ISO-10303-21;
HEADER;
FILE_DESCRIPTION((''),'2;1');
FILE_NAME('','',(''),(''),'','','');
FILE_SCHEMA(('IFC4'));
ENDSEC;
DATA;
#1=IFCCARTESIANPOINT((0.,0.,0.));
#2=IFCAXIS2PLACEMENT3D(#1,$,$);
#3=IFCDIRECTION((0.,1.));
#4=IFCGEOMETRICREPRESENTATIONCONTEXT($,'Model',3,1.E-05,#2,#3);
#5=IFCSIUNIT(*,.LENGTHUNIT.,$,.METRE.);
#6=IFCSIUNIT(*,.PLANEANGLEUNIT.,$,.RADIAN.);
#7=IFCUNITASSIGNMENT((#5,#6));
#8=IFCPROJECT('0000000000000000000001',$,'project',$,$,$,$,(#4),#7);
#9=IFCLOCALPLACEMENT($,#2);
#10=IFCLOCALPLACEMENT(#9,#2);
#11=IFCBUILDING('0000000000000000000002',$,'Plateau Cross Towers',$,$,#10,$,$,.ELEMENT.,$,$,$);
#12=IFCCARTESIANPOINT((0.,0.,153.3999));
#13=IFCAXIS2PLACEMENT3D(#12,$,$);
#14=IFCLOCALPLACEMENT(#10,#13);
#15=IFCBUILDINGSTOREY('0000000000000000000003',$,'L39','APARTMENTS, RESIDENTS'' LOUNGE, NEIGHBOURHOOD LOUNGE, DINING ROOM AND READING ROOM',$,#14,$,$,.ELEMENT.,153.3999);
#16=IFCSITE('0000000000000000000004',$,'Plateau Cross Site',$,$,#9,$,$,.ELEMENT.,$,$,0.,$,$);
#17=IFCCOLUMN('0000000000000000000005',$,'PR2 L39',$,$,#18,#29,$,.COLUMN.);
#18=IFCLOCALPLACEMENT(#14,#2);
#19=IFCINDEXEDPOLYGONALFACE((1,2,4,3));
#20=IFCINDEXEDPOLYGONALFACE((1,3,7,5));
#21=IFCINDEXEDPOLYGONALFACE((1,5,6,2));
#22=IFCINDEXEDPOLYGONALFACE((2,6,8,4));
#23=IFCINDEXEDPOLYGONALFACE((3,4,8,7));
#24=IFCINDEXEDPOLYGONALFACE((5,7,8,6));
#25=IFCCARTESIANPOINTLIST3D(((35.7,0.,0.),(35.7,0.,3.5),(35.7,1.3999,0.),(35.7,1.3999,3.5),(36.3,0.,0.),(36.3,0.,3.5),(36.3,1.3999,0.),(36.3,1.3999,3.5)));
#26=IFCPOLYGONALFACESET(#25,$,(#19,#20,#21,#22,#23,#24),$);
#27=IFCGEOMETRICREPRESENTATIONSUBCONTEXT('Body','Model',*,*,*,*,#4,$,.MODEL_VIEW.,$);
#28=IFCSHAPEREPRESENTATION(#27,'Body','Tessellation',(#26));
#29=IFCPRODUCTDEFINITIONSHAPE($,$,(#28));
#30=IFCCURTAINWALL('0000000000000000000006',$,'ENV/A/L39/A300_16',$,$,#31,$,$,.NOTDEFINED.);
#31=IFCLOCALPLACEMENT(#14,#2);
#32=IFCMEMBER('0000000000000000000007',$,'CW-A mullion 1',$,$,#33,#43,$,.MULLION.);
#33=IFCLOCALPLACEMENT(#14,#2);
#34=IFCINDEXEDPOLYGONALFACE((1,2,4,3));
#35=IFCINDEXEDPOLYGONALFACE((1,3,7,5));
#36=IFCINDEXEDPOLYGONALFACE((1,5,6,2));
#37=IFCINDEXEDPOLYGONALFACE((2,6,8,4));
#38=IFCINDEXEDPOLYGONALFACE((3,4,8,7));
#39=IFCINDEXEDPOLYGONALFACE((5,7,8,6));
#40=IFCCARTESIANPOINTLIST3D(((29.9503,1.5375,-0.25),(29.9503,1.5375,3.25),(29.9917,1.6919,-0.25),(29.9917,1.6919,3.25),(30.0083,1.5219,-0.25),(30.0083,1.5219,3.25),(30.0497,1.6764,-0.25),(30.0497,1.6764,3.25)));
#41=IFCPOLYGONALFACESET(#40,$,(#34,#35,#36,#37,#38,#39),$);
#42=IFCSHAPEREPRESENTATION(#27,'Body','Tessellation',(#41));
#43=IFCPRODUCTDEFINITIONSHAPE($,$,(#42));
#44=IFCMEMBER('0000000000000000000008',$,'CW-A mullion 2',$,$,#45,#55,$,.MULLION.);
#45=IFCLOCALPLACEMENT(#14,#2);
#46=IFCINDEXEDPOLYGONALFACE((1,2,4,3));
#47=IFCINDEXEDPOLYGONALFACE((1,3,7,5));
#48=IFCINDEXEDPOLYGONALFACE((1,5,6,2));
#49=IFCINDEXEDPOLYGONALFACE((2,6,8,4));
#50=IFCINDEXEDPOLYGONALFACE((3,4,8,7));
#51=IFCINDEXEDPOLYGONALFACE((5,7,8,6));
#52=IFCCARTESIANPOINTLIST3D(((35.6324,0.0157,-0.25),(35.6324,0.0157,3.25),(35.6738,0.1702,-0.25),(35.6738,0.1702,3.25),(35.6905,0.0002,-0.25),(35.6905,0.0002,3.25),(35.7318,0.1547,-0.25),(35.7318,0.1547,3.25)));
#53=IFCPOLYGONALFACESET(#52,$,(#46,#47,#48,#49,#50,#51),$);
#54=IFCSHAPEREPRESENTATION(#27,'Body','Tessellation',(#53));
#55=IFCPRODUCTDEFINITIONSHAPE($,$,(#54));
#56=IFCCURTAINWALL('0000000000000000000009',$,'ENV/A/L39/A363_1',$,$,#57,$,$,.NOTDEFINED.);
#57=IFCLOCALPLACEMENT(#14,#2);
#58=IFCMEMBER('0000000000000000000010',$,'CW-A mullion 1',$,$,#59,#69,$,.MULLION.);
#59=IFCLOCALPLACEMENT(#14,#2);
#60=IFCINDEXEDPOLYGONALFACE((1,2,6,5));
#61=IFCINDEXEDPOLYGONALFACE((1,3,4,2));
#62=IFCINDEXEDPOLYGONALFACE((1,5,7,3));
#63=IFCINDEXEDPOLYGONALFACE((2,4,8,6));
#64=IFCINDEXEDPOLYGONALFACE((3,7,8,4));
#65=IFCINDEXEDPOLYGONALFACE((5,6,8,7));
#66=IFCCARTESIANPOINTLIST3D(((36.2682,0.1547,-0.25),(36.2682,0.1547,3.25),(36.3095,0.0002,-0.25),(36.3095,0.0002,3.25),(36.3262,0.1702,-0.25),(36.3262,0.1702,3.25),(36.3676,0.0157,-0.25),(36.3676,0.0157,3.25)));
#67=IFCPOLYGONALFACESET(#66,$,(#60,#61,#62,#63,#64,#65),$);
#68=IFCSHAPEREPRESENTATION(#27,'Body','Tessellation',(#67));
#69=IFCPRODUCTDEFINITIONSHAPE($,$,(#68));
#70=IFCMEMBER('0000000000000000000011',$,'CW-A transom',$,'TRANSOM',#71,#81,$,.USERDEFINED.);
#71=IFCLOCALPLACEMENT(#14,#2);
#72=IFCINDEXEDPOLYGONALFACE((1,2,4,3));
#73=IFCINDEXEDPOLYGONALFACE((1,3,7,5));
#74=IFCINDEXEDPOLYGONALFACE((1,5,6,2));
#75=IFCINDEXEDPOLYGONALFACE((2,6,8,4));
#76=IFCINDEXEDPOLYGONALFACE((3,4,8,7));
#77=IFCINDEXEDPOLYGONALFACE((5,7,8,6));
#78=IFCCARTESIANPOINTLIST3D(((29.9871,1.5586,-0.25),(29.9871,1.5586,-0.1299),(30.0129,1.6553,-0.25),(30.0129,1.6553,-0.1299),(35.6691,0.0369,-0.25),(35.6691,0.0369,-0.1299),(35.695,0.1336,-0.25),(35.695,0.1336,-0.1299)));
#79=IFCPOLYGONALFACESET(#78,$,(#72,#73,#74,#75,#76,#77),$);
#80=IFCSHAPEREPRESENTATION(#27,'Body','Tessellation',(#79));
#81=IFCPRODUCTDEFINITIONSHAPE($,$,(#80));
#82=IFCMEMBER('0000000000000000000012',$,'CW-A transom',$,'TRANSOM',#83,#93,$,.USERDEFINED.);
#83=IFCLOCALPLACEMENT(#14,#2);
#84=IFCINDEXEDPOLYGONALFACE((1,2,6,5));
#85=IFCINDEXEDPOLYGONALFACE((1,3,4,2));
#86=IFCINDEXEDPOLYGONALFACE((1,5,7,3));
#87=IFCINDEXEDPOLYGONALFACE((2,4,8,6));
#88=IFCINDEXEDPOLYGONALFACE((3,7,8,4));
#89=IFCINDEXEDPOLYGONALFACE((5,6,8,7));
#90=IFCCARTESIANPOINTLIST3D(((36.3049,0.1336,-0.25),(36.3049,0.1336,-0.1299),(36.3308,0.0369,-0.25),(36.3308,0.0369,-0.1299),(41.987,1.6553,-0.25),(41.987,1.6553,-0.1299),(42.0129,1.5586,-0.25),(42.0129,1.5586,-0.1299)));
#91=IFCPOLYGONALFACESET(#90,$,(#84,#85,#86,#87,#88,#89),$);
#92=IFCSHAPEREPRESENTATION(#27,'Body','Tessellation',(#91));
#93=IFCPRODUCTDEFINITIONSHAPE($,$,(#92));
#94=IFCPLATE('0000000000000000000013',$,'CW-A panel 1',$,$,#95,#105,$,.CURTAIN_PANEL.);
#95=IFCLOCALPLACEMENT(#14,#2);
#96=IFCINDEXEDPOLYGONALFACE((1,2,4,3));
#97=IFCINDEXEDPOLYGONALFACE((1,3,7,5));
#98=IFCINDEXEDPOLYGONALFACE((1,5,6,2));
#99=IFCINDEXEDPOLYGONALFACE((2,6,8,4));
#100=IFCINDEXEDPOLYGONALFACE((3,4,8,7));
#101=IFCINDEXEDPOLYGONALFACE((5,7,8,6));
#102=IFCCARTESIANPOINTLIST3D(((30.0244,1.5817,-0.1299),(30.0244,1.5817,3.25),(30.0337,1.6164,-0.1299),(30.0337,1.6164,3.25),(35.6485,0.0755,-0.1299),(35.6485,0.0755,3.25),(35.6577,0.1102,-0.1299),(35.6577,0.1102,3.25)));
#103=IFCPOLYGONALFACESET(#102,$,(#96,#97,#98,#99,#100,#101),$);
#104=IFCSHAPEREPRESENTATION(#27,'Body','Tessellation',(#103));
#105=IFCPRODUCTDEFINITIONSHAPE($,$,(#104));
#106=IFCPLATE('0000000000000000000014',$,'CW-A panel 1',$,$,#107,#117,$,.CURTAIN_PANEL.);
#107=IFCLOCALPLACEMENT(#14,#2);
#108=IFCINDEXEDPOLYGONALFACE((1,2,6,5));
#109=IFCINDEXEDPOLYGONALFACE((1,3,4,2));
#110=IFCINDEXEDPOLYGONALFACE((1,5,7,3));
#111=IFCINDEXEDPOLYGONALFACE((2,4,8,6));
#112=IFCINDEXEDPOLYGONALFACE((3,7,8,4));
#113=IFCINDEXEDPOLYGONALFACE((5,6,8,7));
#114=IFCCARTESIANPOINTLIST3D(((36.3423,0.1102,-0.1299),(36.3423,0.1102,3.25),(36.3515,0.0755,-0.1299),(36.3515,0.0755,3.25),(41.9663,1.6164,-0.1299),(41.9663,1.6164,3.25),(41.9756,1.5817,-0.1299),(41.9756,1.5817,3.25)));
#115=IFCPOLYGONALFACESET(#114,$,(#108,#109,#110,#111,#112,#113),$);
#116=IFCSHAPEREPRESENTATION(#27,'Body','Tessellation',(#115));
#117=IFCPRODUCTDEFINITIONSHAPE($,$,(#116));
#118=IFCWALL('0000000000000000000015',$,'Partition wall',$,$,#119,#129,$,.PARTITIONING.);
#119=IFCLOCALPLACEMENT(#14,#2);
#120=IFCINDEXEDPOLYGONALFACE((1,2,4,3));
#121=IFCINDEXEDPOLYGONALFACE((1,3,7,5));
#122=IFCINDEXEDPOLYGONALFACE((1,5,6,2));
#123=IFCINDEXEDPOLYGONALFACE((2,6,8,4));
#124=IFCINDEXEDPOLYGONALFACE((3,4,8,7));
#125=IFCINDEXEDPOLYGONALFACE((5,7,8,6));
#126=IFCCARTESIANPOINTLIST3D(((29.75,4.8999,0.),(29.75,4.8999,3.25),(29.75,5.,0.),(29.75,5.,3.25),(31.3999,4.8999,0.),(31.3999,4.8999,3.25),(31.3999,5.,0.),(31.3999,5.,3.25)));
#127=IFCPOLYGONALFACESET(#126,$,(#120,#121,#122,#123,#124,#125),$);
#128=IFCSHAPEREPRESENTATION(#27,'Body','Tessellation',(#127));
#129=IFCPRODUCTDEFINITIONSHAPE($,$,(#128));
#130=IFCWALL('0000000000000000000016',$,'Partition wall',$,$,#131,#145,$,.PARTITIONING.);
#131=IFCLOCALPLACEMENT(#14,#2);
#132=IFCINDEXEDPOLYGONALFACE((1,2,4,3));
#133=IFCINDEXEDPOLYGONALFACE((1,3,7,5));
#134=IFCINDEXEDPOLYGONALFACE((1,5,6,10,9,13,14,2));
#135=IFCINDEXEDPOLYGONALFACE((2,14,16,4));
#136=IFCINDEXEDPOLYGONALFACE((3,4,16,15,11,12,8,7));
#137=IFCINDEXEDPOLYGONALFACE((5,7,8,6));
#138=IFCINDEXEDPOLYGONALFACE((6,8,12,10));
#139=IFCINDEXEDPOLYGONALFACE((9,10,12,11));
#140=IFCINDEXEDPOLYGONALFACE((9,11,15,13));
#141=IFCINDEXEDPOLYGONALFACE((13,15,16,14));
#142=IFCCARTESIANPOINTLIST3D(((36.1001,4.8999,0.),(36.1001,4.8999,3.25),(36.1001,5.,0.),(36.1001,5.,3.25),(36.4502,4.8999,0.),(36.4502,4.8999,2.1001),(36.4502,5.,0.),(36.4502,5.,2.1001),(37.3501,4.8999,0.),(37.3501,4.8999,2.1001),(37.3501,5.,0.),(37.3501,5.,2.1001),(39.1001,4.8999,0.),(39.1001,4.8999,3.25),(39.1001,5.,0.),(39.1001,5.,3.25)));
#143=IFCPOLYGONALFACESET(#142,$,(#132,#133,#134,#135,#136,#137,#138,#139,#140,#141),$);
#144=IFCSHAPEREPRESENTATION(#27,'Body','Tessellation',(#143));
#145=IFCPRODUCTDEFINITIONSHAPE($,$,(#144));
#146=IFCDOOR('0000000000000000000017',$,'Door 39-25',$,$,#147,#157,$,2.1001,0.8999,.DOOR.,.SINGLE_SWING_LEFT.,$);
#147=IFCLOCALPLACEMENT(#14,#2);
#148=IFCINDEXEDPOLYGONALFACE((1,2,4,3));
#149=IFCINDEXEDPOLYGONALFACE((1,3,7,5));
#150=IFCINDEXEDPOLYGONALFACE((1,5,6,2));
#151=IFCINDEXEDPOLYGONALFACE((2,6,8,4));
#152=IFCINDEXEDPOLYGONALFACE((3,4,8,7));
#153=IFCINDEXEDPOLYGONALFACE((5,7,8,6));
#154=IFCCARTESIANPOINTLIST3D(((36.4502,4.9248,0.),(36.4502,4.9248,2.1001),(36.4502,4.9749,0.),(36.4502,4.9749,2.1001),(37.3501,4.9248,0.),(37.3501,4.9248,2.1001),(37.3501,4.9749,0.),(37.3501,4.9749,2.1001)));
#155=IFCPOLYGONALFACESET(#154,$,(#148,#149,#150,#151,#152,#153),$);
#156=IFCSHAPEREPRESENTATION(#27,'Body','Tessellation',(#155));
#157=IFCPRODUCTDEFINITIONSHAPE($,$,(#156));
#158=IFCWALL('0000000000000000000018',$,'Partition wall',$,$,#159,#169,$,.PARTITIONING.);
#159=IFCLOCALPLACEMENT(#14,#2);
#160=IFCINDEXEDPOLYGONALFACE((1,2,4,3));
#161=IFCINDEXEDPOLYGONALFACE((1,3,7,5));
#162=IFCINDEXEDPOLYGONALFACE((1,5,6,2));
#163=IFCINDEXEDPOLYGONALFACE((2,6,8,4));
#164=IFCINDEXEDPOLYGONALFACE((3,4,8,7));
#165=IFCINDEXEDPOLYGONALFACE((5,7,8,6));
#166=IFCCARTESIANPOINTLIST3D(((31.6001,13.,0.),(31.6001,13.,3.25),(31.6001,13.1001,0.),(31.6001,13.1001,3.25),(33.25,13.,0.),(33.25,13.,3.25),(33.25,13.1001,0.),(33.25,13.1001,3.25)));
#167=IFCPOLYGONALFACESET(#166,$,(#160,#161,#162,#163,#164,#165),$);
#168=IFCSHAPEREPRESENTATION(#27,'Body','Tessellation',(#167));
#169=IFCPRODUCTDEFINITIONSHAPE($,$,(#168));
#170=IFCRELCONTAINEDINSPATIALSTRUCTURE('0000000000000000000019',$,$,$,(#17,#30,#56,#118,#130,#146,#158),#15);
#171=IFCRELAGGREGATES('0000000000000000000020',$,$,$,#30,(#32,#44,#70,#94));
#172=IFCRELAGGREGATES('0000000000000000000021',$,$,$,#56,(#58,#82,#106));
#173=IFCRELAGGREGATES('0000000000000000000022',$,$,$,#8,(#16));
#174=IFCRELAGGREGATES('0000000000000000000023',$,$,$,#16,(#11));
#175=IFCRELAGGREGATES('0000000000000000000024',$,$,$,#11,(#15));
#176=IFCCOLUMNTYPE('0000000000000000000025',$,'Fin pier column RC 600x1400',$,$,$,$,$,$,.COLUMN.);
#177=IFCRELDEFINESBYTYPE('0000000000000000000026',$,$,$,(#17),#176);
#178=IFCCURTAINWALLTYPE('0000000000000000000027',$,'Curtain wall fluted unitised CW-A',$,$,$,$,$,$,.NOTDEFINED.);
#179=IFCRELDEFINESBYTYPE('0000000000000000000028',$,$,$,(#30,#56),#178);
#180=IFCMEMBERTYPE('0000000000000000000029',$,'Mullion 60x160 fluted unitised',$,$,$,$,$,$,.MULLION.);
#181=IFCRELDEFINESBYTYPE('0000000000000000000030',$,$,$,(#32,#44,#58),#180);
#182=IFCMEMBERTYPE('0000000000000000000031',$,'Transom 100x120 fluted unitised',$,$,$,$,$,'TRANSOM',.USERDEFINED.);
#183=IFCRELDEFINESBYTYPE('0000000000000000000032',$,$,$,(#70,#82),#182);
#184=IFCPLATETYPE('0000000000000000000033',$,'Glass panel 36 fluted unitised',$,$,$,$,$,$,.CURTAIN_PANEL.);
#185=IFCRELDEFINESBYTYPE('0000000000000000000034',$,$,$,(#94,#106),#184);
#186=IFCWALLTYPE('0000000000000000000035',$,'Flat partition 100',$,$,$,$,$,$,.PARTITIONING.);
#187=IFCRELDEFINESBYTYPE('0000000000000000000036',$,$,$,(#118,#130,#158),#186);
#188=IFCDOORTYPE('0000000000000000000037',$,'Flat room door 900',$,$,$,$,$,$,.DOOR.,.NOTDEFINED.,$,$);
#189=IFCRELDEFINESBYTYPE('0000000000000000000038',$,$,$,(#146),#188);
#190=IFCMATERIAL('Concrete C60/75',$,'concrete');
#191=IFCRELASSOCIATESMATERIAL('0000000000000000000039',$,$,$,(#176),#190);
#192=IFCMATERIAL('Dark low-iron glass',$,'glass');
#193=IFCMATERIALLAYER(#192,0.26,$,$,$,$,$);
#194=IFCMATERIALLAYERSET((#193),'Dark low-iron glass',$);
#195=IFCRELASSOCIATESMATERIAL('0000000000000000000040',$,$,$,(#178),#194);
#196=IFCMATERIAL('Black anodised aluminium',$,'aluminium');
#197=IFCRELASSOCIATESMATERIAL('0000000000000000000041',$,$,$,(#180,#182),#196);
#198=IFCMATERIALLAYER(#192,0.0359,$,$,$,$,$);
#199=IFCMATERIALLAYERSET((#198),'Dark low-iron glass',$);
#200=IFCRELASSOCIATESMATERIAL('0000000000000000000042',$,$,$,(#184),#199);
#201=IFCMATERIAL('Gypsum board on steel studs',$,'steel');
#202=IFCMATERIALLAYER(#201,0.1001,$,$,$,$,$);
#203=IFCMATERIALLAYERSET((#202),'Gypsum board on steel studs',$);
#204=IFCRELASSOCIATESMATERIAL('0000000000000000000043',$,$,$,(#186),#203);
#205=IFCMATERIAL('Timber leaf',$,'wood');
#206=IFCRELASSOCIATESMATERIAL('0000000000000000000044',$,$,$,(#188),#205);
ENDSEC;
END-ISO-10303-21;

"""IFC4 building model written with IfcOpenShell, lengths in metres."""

from ifc_helpers import new_model, si_unit, direction, frame, frame_2d, origin, origin_2d, place, context, subcontext, project, spatial, rectangle, extrude, material, layer, layer_set, material_profile, profile_set, type_object, element, fill, aggregate, save


model = new_model("IFC4")

# Units and contexts
model_context = context("Model", 3, precision=1e-05, world=origin(), true_north=direction((0.0, 1.0)))
body_context = subcontext(model_context, "Body", "Model", "MODEL_VIEW")
ifc_project = project(units=[si_unit("LENGTHUNIT", "METRE"), si_unit("PLANEANGLEUNIT", "RADIAN")], contexts=[model_context])

# Site, building, storey
site_placement = place(None, origin())
site = spatial("IfcSite", under=ifc_project, at=site_placement, Name="Plateau Cross Site", CompositionType="ELEMENT", RefElevation=0.0)
building_placement = place(site_placement, origin())
building = spatial("IfcBuilding", under=site, at=building_placement, Name="Plateau Cross Towers", CompositionType="ELEMENT")
storey_placement = place(building_placement, frame((0.0, 0.0, 153.3999)))
storey = spatial("IfcBuildingStorey", under=building, at=storey_placement, Name="L39", Description="APARTMENTS, RESIDENTS' LOUNGE, NEIGHBOURHOOD LOUNGE, DINING ROOM AND READING ROOM", CompositionType="ELEMENT", Elevation=153.3999)

# Column
ifc_material_1 = material(Name="Concrete C60/75", Category="concrete")
ifc_material_profile_1 = material_profile(ifc_material_1, rectangle(XDim=0.6001, YDim=1.3999, at=origin_2d()), Name="RC 600x1400")
ifc_profile_set_1 = profile_set([ifc_material_profile_1], Name="Concrete C60/75")
column_type = type_object("IfcColumnType", Name="Fin pier column RC 600x1400", PredefinedType="COLUMN", material=ifc_profile_set_1)
column_placement = place(storey_placement, frame((36.0, 0.7, 0.0), z_axis=(0.0, 0.0, 1.0), x_axis=(1.0, 0.0, 0.0)))
element("IfcColumn", 1, at=column_placement, inside=storey, type_object=column_type, Name="PR2 L39", PredefinedType="COLUMN", context=body_context, shape_type="SweptSolid", body=[
    extrude(rectangle(XDim=0.6001, YDim=1.3999, at=origin_2d()), origin(), (0.0, 0.0, 1.0), 3.5),
])

# Curtain wall, members
ifc_material_2 = material(Name="Dark low-iron glass", Category="glass")
ifc_layer_1 = layer(ifc_material_2, 0.26)
ifc_layer_set_1 = layer_set([ifc_layer_1], Name="Dark low-iron glass")
curtain_wall_type = type_object("IfcCurtainWallType", Name="Curtain wall fluted unitised CW-A", PredefinedType="NOTDEFINED", material=ifc_layer_set_1)
curtain_wall_1_placement = place(storey_placement, origin())
curtain_wall_1 = element("IfcCurtainWall", 2, at=curtain_wall_1_placement, inside=storey, type_object=curtain_wall_type, Name="ENV/A/L39/A300_16", PredefinedType="NOTDEFINED")
ifc_material_3 = material(Name="Black anodised aluminium", Category="aluminium")
ifc_material_profile_2 = material_profile(ifc_material_3, rectangle(XDim=0.0601, YDim=0.1599, at=origin_2d()), Name="MULLION 60x160")
ifc_profile_set_2 = profile_set([ifc_material_profile_2], Name="Black anodised aluminium")
member_type_1 = type_object("IfcMemberType", Name="Mullion 60x160 fluted unitised", PredefinedType="MULLION", material=ifc_profile_set_2)
member_1_placement = place(storey_placement, frame((30.0, 1.6069, -0.25), z_axis=(0.0, 0.0, 1.0), x_axis=(0.965958, -0.258699, 0.0)))
member_1 = element("IfcMember", 3, at=member_1_placement, type_object=member_type_1, Name="CW-A mullion 1", PredefinedType="MULLION", context=body_context, shape_type="SweptSolid", body=[
    extrude(rectangle(XDim=0.0601, YDim=0.1599, at=origin_2d()), origin(), (0.0, 0.0, 1.0), 3.5),
])
member_2_placement = place(storey_placement, frame((35.6821, 0.0852, -0.25), z_axis=(0.0, 0.0, 1.0), x_axis=(0.965958, -0.258699, 0.0)))
member_2 = element("IfcMember", 4, at=member_2_placement, type_object=member_type_1, Name="CW-A mullion 2", PredefinedType="MULLION", context=body_context, shape_type="SweptSolid", body=[
    extrude(rectangle(XDim=0.0601, YDim=0.1599, at=origin_2d()), origin(), (0.0, 0.0, 1.0), 3.5),
])

# Curtain wall, member
curtain_wall_2_placement = place(storey_placement, origin())
curtain_wall_2 = element("IfcCurtainWall", 5, at=curtain_wall_2_placement, inside=storey, type_object=curtain_wall_type, Name="ENV/A/L39/A363_1", PredefinedType="NOTDEFINED")
member_3_placement = place(storey_placement, frame((36.3179, 0.0852, -0.25), z_axis=(0.0, 0.0, 1.0), x_axis=(0.965958, 0.258699, 0.0)))
member_3 = element("IfcMember", 6, at=member_3_placement, type_object=member_type_1, Name="CW-A mullion 1", PredefinedType="MULLION", context=body_context, shape_type="SweptSolid", body=[
    extrude(rectangle(XDim=0.0601, YDim=0.1599, at=origin_2d()), origin(), (0.0, 0.0, 1.0), 3.5),
])

# Members
ifc_material_profile_3 = material_profile(ifc_material_3, rectangle(XDim=0.1001, YDim=0.1201, at=origin_2d()), Name="TRANSOM 100x120")
ifc_profile_set_3 = profile_set([ifc_material_profile_3], Name="Black anodised aluminium")
member_type_2 = type_object("IfcMemberType", Name="Transom 100x120 fluted unitised", ElementType="TRANSOM", PredefinedType="USERDEFINED", material=ifc_profile_set_3)
member_4_placement = place(storey_placement, frame((30.0, 1.6069, -0.1899), z_axis=(0.96596, -0.258693, 0.0), x_axis=(0.258693, 0.96596, 0.0)))
member_4 = element("IfcMember", 7, at=member_4_placement, type_object=member_type_2, Name="CW-A transom", ObjectType="TRANSOM", PredefinedType="USERDEFINED", context=body_context, shape_type="SweptSolid", body=[
    extrude(rectangle(XDim=0.1001, YDim=0.1201, at=origin_2d()), origin(), (0.0, 0.0, 1.0), 5.8823),
])
member_5_placement = place(storey_placement, frame((36.3179, 0.0852, -0.1899), z_axis=(0.96596, 0.258693, 0.0), x_axis=(-0.258693, 0.96596, 0.0)))
member_5 = element("IfcMember", 8, at=member_5_placement, type_object=member_type_2, Name="CW-A transom", ObjectType="TRANSOM", PredefinedType="USERDEFINED", context=body_context, shape_type="SweptSolid", body=[
    extrude(rectangle(XDim=0.1001, YDim=0.1201, at=origin_2d()), origin(), (0.0, 0.0, 1.0), 5.8823),
])

# Plates
ifc_layer_2 = layer(ifc_material_2, 0.0359)
ifc_layer_set_2 = layer_set([ifc_layer_2], Name="Dark low-iron glass")
plate_type = type_object("IfcPlateType", Name="Glass panel 36 fluted unitised", PredefinedType="CURTAIN_PANEL", material=ifc_layer_set_2)
plate_1_placement = place(storey_placement, frame((32.8411, 0.8459, -0.1299), z_axis=(0.0, 0.0, 1.0), x_axis=(0.965958, -0.258699, 0.0)))
plate_1 = element("IfcPlate", 9, at=plate_1_placement, type_object=plate_type, Name="CW-A panel 1", PredefinedType="CURTAIN_PANEL", context=body_context, shape_type="SweptSolid", body=[
    extrude(rectangle(XDim=5.8223, YDim=0.0359, at=origin_2d()), origin(), (0.0, 0.0, 1.0), 3.3799),
])
aggregate(curtain_wall_1, [member_1, member_2, member_4, plate_1])
plate_2_placement = place(storey_placement, frame((39.1589, 0.8459, -0.1299), z_axis=(0.0, 0.0, 1.0), x_axis=(0.965958, 0.258699, 0.0)))
plate_2 = element("IfcPlate", 10, at=plate_2_placement, type_object=plate_type, Name="CW-A panel 1", PredefinedType="CURTAIN_PANEL", context=body_context, shape_type="SweptSolid", body=[
    extrude(rectangle(XDim=5.8223, YDim=0.0359, at=origin_2d()), origin(), (0.0, 0.0, 1.0), 3.3799),
])
aggregate(curtain_wall_2, [member_3, member_5, plate_2])

# Wall
ifc_material_4 = material(Name="Gypsum board on steel studs", Category="steel")
ifc_layer_3 = layer(ifc_material_4, 0.1001)
ifc_layer_set_3 = layer_set([ifc_layer_3], Name="Gypsum board on steel studs")
wall_type_1 = type_object("IfcWallType", Name="Flat partition 100", PredefinedType="PARTITIONING", material=ifc_layer_set_3)
wall_1_placement = place(storey_placement, frame((29.75, 4.95, 0.0), z_axis=(0.0, 0.0, 1.0), x_axis=(1.0, 0.0, 0.0)))
element("IfcWall", 11, at=wall_1_placement, inside=storey, type_object=wall_type_1, Name="Partition wall", PredefinedType="PARTITIONING", context=body_context, shape_type="SweptSolid", body=[
    extrude(rectangle(XDim=1.6499, YDim=0.1001, at=frame_2d((0.825, 0.0))), origin(), (0.0, 0.0, 1.0), 3.25),
])

# Wall, opening, door
wall_2_placement = place(storey_placement, frame((36.1001, 4.95, 0.0), z_axis=(0.0, 0.0, 1.0), x_axis=(1.0, 0.0, 0.0)))
wall_2 = element("IfcWall", 12, at=wall_2_placement, inside=storey, type_object=wall_type_1, Name="Partition wall", PredefinedType="PARTITIONING", context=body_context, shape_type="SweptSolid", body=[
    extrude(rectangle(XDim=3.0, YDim=0.1001, at=frame_2d((1.5, 0.0))), origin(), (0.0, 0.0, 1.0), 3.25),
])
opening_1_placement = place(wall_2_placement, frame((0.3501, 0.0, 0.0)))
opening_1 = element("IfcOpeningElement", 13, at=opening_1_placement, cuts=wall_2, PredefinedType="OPENING", context=body_context, shape_type="SweptSolid", body=[
    extrude(rectangle(XDim=0.8999, YDim=2.1001, at=frame_2d((0.45, 1.05))), frame((0.0, 0.0601, 0.0), z_axis=(0.0, -1.0, 0.0), x_axis=(1.0, 0.0, 0.0)), (0.0, 0.0, 1.0), 0.1201),
])
ifc_material_5 = material(Name="Timber leaf", Category="wood")
door_type_1 = type_object("IfcDoorType", Name="Flat room door 900", OperationType="NOTDEFINED", PredefinedType="DOOR", material=ifc_material_5)
door_1_placement = place(opening_1_placement, origin())
door_1 = element("IfcDoor", 14, at=door_1_placement, inside=storey, type_object=door_type_1, Name="Door 39-25", OperationType="SINGLE_SWING_LEFT", OverallHeight=2.1001, OverallWidth=0.8999, PredefinedType="DOOR", context=body_context, shape_type="SweptSolid", body=[
    extrude(rectangle(XDim=0.8999, YDim=2.1001, at=frame_2d((0.45, 1.05))), frame((0.0, 0.0249, 0.0), z_axis=(0.0, -1.0, 0.0), x_axis=(1.0, 0.0, 0.0)), (0.0, 0.0, 1.0), 0.05),
])
fill(opening_1, door_1)

# Wall
wall_3_placement = place(storey_placement, frame((33.25, 13.05, 0.0), z_axis=(0.0, 0.0, 1.0), x_axis=(-1.0, 0.0, 0.0)))
element("IfcWall", 15, at=wall_3_placement, inside=storey, type_object=wall_type_1, Name="Partition wall", PredefinedType="PARTITIONING", context=body_context, shape_type="SweptSolid", body=[
    extrude(rectangle(XDim=1.6499, YDim=0.1001, at=frame_2d((0.825, 0.0))), origin(), (0.0, 0.0, 1.0), 3.25),
])

save(model, "model.ifc")
